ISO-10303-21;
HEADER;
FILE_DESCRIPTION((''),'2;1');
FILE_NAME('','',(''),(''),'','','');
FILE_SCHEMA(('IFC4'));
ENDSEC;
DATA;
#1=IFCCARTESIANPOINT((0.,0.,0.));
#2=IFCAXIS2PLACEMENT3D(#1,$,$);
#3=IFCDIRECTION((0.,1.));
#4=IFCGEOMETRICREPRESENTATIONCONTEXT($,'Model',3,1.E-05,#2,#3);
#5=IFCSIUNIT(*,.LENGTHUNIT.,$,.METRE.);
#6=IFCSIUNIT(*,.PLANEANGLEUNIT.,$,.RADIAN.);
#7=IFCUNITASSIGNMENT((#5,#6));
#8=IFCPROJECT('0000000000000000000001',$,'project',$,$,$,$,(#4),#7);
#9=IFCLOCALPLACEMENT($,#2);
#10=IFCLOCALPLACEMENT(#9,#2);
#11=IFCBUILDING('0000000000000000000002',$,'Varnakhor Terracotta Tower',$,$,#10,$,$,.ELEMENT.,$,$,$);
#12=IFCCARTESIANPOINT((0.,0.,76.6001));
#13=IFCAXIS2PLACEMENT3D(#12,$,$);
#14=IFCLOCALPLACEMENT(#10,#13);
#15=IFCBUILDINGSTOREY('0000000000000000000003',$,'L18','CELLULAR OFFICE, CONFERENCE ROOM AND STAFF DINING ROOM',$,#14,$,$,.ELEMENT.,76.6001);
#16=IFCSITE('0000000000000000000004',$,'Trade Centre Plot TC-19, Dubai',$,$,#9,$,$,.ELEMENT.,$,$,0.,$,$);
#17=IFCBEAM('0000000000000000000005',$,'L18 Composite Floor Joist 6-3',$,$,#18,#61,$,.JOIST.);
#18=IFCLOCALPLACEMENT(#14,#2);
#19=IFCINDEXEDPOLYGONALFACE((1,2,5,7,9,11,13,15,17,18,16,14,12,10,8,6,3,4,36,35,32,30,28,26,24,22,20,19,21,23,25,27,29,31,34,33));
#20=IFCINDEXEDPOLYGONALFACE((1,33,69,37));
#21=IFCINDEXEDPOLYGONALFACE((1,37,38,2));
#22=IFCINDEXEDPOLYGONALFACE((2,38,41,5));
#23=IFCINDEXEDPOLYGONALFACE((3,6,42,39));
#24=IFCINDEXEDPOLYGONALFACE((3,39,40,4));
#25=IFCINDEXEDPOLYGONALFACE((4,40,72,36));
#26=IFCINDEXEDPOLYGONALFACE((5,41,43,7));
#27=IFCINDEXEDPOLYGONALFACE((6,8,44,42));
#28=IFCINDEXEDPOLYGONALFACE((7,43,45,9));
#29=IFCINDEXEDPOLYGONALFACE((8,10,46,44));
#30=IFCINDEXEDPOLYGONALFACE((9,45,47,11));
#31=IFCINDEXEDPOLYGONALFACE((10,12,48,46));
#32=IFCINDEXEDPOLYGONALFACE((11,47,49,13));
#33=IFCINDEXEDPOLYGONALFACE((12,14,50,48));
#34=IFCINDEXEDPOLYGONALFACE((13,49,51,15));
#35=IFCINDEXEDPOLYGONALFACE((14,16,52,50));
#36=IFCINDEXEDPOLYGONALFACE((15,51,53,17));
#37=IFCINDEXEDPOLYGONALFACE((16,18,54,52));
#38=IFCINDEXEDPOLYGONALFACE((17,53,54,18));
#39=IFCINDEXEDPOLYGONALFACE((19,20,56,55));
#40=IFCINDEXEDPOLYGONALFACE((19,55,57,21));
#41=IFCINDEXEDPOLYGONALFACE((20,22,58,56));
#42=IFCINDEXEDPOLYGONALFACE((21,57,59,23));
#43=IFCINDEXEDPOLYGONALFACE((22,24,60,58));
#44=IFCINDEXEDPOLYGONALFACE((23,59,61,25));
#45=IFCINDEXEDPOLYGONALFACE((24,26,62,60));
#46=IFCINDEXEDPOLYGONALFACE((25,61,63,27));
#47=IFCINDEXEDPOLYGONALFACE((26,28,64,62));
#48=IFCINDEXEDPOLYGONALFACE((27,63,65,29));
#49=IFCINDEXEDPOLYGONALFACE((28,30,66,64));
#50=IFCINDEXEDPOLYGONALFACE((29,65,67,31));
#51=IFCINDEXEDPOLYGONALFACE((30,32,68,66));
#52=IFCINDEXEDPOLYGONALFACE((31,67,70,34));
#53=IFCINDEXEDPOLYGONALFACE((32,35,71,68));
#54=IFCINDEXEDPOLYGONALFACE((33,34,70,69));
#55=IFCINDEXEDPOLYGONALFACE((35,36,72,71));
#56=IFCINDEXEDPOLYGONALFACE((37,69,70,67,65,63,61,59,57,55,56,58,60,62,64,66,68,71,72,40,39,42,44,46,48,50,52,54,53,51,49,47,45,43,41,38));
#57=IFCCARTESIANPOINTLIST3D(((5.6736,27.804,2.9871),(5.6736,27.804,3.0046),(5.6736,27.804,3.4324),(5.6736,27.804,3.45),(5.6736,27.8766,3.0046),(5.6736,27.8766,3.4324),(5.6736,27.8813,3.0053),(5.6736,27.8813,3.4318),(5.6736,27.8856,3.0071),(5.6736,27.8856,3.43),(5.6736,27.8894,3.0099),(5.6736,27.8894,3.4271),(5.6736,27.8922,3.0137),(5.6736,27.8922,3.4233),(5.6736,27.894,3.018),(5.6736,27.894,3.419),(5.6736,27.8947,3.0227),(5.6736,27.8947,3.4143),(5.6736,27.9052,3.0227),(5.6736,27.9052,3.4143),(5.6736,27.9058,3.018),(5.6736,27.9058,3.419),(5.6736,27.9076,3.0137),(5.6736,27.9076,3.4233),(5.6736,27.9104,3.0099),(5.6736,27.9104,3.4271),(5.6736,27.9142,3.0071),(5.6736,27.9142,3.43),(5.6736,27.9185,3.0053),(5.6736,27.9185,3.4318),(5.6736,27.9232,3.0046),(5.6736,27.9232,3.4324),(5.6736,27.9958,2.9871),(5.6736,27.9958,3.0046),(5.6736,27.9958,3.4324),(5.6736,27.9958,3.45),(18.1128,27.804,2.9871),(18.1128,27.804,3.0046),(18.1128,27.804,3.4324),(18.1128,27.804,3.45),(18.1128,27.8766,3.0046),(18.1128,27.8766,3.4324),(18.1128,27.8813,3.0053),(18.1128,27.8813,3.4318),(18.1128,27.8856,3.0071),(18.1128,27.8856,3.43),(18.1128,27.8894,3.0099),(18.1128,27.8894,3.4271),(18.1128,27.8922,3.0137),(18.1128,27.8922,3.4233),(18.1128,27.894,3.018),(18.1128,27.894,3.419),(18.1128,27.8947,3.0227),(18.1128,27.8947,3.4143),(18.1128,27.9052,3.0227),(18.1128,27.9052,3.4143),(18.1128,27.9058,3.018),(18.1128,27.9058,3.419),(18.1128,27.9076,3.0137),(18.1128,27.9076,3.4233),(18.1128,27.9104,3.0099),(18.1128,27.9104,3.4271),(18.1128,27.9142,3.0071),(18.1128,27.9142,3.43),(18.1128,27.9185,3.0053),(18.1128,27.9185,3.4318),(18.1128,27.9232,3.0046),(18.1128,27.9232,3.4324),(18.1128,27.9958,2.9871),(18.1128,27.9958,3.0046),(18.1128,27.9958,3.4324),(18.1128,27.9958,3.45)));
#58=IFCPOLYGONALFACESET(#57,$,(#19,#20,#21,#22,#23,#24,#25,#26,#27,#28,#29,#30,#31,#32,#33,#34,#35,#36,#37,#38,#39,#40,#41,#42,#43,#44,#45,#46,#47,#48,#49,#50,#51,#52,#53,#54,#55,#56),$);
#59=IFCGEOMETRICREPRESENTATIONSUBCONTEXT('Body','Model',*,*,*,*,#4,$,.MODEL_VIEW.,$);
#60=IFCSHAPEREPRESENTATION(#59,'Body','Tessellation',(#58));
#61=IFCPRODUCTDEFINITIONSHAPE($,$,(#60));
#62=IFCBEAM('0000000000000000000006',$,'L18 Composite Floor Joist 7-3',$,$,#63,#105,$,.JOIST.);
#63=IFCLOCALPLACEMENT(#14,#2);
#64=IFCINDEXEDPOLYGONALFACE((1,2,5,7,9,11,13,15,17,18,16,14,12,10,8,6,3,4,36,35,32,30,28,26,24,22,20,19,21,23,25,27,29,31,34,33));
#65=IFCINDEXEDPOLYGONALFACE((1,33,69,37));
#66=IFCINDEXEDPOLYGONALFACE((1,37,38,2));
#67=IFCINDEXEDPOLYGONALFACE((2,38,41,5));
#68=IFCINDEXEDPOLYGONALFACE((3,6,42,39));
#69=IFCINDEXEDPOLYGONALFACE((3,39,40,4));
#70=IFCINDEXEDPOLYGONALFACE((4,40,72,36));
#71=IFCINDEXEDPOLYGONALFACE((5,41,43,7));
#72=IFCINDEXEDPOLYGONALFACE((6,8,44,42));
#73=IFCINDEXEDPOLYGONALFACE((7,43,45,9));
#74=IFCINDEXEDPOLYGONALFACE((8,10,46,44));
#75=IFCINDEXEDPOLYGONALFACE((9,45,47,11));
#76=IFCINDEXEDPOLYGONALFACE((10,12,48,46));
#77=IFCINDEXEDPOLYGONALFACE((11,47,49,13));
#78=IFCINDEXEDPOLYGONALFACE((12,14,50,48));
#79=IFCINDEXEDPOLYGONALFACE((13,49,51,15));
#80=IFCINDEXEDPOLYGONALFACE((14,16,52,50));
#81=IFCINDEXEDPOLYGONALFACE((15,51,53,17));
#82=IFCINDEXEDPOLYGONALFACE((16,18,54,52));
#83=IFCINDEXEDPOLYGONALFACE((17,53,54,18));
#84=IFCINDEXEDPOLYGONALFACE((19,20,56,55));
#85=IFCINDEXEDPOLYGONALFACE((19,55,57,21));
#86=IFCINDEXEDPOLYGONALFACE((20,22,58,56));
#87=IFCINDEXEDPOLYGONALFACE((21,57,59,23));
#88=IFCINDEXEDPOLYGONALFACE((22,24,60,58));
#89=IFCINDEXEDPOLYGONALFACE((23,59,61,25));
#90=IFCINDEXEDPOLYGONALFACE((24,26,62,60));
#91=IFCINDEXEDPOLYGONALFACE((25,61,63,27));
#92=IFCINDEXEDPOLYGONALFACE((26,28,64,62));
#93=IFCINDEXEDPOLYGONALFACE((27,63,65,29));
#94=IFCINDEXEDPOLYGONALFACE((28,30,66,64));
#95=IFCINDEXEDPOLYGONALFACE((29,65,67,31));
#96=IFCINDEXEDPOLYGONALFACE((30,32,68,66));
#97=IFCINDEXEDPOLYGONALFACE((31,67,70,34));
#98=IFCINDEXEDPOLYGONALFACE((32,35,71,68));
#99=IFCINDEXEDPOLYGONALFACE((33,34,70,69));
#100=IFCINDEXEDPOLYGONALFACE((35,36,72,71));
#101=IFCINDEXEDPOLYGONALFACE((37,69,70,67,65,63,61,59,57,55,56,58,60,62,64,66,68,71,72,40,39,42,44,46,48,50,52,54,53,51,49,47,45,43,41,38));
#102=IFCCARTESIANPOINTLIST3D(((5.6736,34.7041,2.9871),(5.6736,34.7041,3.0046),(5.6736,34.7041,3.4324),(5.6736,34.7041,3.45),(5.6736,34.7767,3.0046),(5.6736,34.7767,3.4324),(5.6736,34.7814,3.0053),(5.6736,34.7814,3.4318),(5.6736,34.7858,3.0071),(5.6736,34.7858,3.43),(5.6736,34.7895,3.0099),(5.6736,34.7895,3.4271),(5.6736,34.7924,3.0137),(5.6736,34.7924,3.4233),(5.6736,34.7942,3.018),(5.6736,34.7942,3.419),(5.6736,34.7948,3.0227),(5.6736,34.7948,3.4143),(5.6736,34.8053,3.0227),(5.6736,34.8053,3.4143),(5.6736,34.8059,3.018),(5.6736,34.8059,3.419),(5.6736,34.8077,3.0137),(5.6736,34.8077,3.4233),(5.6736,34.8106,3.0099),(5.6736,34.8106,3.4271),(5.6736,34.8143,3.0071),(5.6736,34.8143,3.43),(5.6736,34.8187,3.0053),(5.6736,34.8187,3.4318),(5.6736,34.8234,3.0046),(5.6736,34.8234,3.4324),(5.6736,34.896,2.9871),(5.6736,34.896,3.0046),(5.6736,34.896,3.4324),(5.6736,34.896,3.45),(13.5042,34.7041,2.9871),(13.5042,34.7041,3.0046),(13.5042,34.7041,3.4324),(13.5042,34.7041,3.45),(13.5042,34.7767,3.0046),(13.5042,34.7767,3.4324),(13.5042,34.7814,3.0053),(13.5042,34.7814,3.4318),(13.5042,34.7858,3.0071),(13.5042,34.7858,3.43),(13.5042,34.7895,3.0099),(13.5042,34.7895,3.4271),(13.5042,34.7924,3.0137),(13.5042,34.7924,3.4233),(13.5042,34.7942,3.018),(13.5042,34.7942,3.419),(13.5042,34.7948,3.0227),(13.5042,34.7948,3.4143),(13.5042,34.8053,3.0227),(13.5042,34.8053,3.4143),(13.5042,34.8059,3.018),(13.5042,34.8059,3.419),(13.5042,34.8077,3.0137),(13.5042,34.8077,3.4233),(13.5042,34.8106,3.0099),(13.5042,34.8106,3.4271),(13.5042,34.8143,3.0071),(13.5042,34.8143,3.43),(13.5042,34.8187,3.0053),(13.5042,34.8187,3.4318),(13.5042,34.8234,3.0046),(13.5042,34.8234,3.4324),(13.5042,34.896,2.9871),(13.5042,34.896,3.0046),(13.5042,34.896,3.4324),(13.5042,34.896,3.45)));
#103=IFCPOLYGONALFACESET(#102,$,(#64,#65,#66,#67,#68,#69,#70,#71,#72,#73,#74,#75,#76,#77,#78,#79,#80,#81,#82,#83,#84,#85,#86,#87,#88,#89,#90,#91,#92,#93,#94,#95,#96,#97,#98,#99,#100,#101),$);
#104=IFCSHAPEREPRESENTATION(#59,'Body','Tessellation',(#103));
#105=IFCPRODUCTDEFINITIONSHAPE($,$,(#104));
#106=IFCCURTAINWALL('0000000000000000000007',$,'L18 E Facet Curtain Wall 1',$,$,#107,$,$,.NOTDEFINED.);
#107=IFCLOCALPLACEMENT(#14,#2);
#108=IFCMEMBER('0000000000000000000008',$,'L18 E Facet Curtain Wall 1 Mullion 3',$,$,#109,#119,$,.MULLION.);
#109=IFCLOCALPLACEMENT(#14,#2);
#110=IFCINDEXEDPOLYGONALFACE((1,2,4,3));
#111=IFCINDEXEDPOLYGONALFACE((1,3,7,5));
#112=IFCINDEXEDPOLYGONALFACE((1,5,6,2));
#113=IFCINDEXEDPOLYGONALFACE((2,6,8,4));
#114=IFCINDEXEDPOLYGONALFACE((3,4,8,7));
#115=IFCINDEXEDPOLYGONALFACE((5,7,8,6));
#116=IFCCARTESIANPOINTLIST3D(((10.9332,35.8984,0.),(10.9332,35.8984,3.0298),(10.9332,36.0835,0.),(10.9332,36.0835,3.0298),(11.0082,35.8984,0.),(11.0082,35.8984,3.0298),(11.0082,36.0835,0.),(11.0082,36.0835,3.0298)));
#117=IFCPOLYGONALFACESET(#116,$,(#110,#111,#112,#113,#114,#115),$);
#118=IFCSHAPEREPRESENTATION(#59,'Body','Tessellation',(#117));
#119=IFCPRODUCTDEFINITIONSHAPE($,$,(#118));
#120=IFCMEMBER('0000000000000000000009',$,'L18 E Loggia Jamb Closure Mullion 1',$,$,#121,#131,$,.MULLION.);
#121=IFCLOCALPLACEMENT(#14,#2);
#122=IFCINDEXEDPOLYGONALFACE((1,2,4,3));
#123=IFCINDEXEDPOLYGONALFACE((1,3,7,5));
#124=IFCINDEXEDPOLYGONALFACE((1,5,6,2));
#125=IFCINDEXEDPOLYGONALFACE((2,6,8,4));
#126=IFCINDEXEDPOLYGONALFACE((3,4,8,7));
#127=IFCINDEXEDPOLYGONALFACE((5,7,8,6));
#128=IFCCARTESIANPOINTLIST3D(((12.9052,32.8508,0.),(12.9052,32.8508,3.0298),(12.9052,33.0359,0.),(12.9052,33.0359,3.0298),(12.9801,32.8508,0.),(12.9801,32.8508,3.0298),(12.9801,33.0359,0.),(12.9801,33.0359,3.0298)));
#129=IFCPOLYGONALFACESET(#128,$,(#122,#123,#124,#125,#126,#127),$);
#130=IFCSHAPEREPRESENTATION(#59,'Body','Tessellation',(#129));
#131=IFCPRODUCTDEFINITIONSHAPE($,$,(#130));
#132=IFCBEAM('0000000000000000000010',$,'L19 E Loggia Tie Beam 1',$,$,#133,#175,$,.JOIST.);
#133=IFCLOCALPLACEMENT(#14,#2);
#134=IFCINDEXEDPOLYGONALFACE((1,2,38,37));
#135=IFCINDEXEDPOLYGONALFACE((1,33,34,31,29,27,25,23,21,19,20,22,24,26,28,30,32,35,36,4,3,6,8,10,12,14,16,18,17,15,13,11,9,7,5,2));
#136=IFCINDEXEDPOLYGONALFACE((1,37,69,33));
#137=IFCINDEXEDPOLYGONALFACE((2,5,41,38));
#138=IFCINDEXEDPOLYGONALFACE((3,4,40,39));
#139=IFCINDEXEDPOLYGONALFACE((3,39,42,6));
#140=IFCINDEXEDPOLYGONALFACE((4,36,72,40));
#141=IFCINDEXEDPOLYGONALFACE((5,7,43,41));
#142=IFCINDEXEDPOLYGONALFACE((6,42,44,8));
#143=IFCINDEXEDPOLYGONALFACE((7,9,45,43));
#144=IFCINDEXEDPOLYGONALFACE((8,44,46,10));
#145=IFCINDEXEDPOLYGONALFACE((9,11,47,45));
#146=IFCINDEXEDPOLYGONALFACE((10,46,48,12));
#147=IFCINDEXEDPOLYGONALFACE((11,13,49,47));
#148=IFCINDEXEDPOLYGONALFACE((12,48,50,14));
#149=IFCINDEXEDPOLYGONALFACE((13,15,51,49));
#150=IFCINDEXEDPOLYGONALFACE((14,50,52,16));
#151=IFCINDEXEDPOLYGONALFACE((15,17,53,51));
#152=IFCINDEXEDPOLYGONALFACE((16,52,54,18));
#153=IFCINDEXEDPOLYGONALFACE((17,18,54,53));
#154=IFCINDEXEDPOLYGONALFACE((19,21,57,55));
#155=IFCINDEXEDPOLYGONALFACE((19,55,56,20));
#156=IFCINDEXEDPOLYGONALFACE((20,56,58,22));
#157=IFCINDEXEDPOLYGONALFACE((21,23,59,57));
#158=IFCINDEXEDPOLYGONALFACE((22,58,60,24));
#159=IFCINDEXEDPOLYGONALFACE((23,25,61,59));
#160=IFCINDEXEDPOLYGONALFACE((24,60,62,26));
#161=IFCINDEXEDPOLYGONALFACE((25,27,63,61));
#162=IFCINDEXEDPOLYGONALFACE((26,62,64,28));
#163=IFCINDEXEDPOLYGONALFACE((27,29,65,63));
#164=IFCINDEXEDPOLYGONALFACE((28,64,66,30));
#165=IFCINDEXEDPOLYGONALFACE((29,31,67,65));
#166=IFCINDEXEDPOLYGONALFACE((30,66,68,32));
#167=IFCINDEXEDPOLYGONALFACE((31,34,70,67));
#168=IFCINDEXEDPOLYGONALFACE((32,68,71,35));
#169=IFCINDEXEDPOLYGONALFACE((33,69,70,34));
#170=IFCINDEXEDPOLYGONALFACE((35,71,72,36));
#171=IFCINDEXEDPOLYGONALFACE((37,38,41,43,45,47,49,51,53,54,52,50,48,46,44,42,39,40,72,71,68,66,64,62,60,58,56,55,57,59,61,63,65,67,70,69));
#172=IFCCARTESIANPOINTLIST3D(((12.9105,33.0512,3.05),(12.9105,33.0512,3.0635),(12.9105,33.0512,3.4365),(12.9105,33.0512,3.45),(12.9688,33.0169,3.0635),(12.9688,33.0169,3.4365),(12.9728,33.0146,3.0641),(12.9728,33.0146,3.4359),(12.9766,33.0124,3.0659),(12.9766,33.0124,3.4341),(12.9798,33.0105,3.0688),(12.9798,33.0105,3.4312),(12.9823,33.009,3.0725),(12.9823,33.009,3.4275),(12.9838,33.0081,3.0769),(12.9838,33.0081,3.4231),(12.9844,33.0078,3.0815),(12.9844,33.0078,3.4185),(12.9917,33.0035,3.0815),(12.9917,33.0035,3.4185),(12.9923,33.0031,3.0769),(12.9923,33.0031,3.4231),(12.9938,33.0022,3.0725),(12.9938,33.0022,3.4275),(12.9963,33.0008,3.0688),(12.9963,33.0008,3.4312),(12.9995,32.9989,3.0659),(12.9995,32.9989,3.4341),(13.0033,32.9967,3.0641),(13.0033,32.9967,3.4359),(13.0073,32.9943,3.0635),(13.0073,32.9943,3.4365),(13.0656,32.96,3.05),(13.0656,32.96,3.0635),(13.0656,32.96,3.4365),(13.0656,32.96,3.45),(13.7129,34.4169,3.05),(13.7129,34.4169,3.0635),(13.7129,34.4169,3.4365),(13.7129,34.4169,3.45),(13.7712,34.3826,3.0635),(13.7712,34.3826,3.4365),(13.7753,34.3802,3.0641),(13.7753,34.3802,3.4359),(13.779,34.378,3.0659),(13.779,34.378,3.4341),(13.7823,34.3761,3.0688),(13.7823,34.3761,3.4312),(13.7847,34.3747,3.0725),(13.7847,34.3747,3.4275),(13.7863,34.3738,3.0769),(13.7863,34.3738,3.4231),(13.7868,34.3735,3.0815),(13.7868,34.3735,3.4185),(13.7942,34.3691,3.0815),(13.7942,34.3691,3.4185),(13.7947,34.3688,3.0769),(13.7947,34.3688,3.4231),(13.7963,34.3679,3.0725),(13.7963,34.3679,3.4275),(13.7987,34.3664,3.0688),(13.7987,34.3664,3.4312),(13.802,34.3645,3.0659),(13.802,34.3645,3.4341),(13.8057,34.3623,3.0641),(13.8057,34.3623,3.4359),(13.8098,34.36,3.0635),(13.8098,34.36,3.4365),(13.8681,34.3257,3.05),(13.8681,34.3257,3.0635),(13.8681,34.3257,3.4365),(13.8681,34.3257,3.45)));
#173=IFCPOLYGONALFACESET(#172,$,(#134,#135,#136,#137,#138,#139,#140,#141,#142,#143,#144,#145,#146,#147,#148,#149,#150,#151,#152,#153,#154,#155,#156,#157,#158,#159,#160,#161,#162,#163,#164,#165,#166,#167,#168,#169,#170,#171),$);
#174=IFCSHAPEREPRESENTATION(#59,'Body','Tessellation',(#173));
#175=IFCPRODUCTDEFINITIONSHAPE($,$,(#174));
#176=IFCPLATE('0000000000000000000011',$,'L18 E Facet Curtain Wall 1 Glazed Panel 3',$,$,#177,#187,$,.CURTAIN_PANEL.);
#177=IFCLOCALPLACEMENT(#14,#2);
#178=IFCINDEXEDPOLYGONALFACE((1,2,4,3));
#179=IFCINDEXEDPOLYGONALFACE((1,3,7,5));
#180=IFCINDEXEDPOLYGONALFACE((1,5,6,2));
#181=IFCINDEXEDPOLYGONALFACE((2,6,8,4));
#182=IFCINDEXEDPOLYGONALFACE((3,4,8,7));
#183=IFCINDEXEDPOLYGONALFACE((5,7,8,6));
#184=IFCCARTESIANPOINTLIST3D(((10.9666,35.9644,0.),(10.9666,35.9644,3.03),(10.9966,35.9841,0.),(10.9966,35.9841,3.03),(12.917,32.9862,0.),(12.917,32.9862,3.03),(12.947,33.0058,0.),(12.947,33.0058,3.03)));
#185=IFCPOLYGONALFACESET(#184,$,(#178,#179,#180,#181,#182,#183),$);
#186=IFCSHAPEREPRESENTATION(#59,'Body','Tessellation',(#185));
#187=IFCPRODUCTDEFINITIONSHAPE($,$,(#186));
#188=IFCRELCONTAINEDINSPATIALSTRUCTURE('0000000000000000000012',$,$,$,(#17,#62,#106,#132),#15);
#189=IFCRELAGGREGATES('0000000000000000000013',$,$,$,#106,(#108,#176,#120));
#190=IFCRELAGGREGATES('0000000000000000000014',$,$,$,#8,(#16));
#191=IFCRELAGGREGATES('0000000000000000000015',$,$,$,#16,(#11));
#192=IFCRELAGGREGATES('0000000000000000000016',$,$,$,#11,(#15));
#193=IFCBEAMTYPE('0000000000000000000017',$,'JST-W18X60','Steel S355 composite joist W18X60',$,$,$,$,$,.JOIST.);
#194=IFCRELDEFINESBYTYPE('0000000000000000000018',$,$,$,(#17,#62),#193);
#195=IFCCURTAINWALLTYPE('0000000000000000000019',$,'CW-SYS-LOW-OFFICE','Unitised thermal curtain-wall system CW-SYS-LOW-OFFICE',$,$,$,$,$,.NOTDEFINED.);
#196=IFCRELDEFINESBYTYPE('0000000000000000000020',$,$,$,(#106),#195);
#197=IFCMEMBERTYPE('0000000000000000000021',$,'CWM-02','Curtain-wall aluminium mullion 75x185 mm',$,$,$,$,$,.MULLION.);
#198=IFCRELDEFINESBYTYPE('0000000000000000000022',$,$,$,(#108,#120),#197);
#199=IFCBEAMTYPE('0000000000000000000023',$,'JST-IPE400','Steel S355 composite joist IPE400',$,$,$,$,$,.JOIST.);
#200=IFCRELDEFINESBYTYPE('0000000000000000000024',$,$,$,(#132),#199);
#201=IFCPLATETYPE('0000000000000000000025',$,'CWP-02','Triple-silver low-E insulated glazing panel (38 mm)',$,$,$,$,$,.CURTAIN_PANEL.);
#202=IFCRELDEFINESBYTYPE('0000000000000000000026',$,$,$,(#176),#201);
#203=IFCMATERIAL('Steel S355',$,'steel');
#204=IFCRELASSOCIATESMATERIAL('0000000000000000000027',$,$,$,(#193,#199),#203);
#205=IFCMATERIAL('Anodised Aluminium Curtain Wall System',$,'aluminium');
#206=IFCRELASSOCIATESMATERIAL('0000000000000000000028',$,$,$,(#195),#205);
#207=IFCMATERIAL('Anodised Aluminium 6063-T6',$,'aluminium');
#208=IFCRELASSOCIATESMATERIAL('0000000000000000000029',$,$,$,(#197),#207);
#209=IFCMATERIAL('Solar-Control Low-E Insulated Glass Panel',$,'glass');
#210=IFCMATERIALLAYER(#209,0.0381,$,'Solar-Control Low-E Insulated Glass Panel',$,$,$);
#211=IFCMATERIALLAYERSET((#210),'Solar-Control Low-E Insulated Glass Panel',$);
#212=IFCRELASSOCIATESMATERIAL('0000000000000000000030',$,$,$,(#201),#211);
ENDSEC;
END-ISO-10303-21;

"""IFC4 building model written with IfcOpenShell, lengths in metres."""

from ifc_helpers import new_model, si_unit, direction, frame, origin, origin_2d, place, context, subcontext, project, spatial, rectangle, i_section, extrude, source, transform, mapped, material, layer, layer_set, material_profile, profile_set, type_object, element, aggregate, save


model = new_model("IFC4")

# Units and contexts
model_context = context("Model", 3, precision=1e-05, world=origin(), true_north=direction((0.0, 1.0)))
body_context = subcontext(model_context, "Body", "Model", "MODEL_VIEW")
ifc_project = project(units=[si_unit("LENGTHUNIT", "METRE"), si_unit("PLANEANGLEUNIT", "RADIAN")], contexts=[model_context])

# Site, building, storey
site_placement = place(None, origin())
site = spatial("IfcSite", under=ifc_project, at=site_placement, Name="Trade Centre Plot TC-19, Dubai", CompositionType="ELEMENT", RefElevation=0.0)
building_placement = place(site_placement, origin())
building = spatial("IfcBuilding", under=site, at=building_placement, Name="Varnakhor Terracotta Tower", CompositionType="ELEMENT")
storey_placement = place(building_placement, frame((0.0, 0.0, 76.6001)))
storey = spatial("IfcBuildingStorey", under=building, at=storey_placement, Name="L18", Description="CELLULAR OFFICE, CONFERENCE ROOM AND STAFF DINING ROOM", CompositionType="ELEMENT", Elevation=76.6001)

# Beams
ifc_material_1 = material(Name="Steel S355", Category="steel")
ifc_material_profile_1 = material_profile(ifc_material_1, i_section(OverallWidth=0.1919, OverallDepth=0.4629, WebThickness=0.0105, FlangeThickness=0.0176, FilletRadius=0.0181, at=origin_2d()), Name="W18X60")
ifc_profile_set_1 = profile_set([ifc_material_profile_1], Name="Steel S355")
beam_type_1 = type_object("IfcBeamType", Name="JST-W18X60", Description="Steel S355 composite joist W18X60", PredefinedType="JOIST", material=ifc_profile_set_1)
shared_shape_1 = source(origin(), body_context, "Body", "SweptSolid", [
    extrude(i_section(OverallWidth=0.1919, OverallDepth=0.4629, WebThickness=0.0105, FlangeThickness=0.0176, FilletRadius=0.0181, at=origin_2d()), origin(), (0.0, 0.0, 1.0), 12.4392),
])
beam_1_placement = place(storey_placement, frame((5.6736, 27.8999, 3.2185), z_axis=(1.0, 0.0, 0.0), x_axis=(0.0, 1.0, 0.0)))
element("IfcBeam", 1, at=beam_1_placement, inside=storey, type_object=beam_type_1, Name="L18 Composite Floor Joist 6-3", PredefinedType="JOIST", context=body_context, shape_type="MappedRepresentation", body=[
    mapped(shared_shape_1, transform((0.0, 0.0, 0.0), scale=1.0)),
])
shared_shape_2 = source(origin(), body_context, "Body", "SweptSolid", [
    extrude(i_section(OverallWidth=0.1919, OverallDepth=0.4629, WebThickness=0.0105, FlangeThickness=0.0176, FilletRadius=0.0181, at=origin_2d()), origin(), (0.0, 0.0, 1.0), 7.8306),
])
beam_2_placement = place(storey_placement, frame((5.6736, 34.8, 3.2185), z_axis=(1.0, 0.0, 0.0), x_axis=(0.0, 1.0, 0.0)))
element("IfcBeam", 2, at=beam_2_placement, inside=storey, type_object=beam_type_1, Name="L18 Composite Floor Joist 7-3", PredefinedType="JOIST", context=body_context, shape_type="MappedRepresentation", body=[
    mapped(shared_shape_2, transform((0.0, 0.0, 0.0), scale=1.0)),
])

# Curtain wall, members
ifc_material_2 = material(Name="Anodised Aluminium Curtain Wall System", Category="aluminium")
curtain_wall_type = type_object("IfcCurtainWallType", Name="CW-SYS-LOW-OFFICE", Description="Unitised thermal curtain-wall system CW-SYS-LOW-OFFICE", PredefinedType="NOTDEFINED", material=ifc_material_2)
curtain_wall_placement = place(storey_placement, origin())
curtain_wall = element("IfcCurtainWall", 3, at=curtain_wall_placement, inside=storey, type_object=curtain_wall_type, Name="L18 E Facet Curtain Wall 1", PredefinedType="NOTDEFINED")
ifc_material_3 = material(Name="Anodised Aluminium 6063-T6", Category="aluminium")
ifc_material_profile_2 = material_profile(ifc_material_3, rectangle(XDim=0.075, YDim=0.1851, at=origin_2d()), Name="ALU MULLION 75x185")
ifc_profile_set_2 = profile_set([ifc_material_profile_2], Name="Anodised Aluminium 6063-T6")
member_type = type_object("IfcMemberType", Name="CWM-02", Description="Curtain-wall aluminium mullion 75x185 mm", PredefinedType="MULLION", material=ifc_profile_set_2)
shared_shape_3 = source(origin(), body_context, "Body", "SweptSolid", [
    extrude(rectangle(XDim=0.075, YDim=0.1851, at=origin_2d()), origin(), (0.0, 0.0, 1.0), 3.0298),
])
member_1_placement = place(storey_placement, frame((10.9707, 35.991, 0.0), z_axis=(0.0, 0.0, 1.0), x_axis=(1.0, 0.0, 0.0)))
member_1 = element("IfcMember", 4, at=member_1_placement, type_object=member_type, Name="L18 E Facet Curtain Wall 1 Mullion 3", PredefinedType="MULLION", context=body_context, shape_type="MappedRepresentation", body=[
    mapped(shared_shape_3, transform((0.0, 0.0, 0.0), scale=1.0)),
])
member_2_placement = place(storey_placement, frame((12.9426, 32.9434, 0.0), z_axis=(0.0, 0.0, 1.0), x_axis=(1.0, 0.0, 0.0)))
member_2 = element("IfcMember", 5, at=member_2_placement, type_object=member_type, Name="L18 E Loggia Jamb Closure Mullion 1", PredefinedType="MULLION", context=body_context, shape_type="MappedRepresentation", body=[
    mapped(shared_shape_3, transform((0.0, 0.0, 0.0), scale=1.0)),
])

# Beam
ifc_material_profile_3 = material_profile(ifc_material_1, i_section(OverallWidth=0.1799, OverallDepth=0.3999, WebThickness=0.0085, FlangeThickness=0.0134, FilletRadius=0.0181, at=origin_2d()), Name="IPE400")
ifc_profile_set_3 = profile_set([ifc_material_profile_3], Name="Steel S355")
beam_type_2 = type_object("IfcBeamType", Name="JST-IPE400", Description="Steel S355 composite joist IPE400", PredefinedType="JOIST", material=ifc_profile_set_3)
shared_shape_4 = source(origin(), body_context, "Body", "SweptSolid", [
    extrude(i_section(OverallWidth=0.1799, OverallDepth=0.3999, WebThickness=0.0085, FlangeThickness=0.0134, FilletRadius=0.0181, at=origin_2d()), origin(), (0.0, 0.0, 1.0), 1.584),
])
beam_3_placement = place(storey_placement, frame((12.988, 33.0056, 3.25), z_axis=(0.506609, 0.862176, 0.0), x_axis=(-0.862176, 0.506609, 0.0)))
element("IfcBeam", 6, at=beam_3_placement, inside=storey, type_object=beam_type_2, Name="L19 E Loggia Tie Beam 1", PredefinedType="JOIST", context=body_context, shape_type="MappedRepresentation", body=[
    mapped(shared_shape_4, transform((0.0, 0.0, 0.0), scale=1.0)),
])

# Plate
ifc_material_4 = material(Name="Solar-Control Low-E Insulated Glass Panel", Category="glass")
ifc_layer_1 = layer(ifc_material_4, 0.0381, Name="Solar-Control Low-E Insulated Glass Panel")
ifc_layer_set_1 = layer_set([ifc_layer_1], Name="Solar-Control Low-E Insulated Glass Panel")
plate_type = type_object("IfcPlateType", Name="CWP-02", Description="Triple-silver low-E insulated glazing panel (38 mm)", PredefinedType="CURTAIN_PANEL", material=ifc_layer_set_1)
shared_shape_5 = source(origin(), body_context, "Body", "SweptSolid", [
    extrude(rectangle(XDim=3.5601, YDim=0.0359, at=origin_2d()), origin(), (0.0, 0.0, 1.0), 3.03),
])
plate_placement = place(storey_placement, frame((11.9568, 34.4851, 0.0), z_axis=(0.0, 0.0, 1.0), x_axis=(0.547855, -0.836573, 0.0)))
plate = element("IfcPlate", 7, at=plate_placement, type_object=plate_type, Name="L18 E Facet Curtain Wall 1 Glazed Panel 3", PredefinedType="CURTAIN_PANEL", context=body_context, shape_type="MappedRepresentation", body=[
    mapped(shared_shape_5, transform((0.0, 0.0, 0.0), scale=1.0)),
])
aggregate(curtain_wall, [member_1, plate, member_2])

save(model, "model.ifc")
